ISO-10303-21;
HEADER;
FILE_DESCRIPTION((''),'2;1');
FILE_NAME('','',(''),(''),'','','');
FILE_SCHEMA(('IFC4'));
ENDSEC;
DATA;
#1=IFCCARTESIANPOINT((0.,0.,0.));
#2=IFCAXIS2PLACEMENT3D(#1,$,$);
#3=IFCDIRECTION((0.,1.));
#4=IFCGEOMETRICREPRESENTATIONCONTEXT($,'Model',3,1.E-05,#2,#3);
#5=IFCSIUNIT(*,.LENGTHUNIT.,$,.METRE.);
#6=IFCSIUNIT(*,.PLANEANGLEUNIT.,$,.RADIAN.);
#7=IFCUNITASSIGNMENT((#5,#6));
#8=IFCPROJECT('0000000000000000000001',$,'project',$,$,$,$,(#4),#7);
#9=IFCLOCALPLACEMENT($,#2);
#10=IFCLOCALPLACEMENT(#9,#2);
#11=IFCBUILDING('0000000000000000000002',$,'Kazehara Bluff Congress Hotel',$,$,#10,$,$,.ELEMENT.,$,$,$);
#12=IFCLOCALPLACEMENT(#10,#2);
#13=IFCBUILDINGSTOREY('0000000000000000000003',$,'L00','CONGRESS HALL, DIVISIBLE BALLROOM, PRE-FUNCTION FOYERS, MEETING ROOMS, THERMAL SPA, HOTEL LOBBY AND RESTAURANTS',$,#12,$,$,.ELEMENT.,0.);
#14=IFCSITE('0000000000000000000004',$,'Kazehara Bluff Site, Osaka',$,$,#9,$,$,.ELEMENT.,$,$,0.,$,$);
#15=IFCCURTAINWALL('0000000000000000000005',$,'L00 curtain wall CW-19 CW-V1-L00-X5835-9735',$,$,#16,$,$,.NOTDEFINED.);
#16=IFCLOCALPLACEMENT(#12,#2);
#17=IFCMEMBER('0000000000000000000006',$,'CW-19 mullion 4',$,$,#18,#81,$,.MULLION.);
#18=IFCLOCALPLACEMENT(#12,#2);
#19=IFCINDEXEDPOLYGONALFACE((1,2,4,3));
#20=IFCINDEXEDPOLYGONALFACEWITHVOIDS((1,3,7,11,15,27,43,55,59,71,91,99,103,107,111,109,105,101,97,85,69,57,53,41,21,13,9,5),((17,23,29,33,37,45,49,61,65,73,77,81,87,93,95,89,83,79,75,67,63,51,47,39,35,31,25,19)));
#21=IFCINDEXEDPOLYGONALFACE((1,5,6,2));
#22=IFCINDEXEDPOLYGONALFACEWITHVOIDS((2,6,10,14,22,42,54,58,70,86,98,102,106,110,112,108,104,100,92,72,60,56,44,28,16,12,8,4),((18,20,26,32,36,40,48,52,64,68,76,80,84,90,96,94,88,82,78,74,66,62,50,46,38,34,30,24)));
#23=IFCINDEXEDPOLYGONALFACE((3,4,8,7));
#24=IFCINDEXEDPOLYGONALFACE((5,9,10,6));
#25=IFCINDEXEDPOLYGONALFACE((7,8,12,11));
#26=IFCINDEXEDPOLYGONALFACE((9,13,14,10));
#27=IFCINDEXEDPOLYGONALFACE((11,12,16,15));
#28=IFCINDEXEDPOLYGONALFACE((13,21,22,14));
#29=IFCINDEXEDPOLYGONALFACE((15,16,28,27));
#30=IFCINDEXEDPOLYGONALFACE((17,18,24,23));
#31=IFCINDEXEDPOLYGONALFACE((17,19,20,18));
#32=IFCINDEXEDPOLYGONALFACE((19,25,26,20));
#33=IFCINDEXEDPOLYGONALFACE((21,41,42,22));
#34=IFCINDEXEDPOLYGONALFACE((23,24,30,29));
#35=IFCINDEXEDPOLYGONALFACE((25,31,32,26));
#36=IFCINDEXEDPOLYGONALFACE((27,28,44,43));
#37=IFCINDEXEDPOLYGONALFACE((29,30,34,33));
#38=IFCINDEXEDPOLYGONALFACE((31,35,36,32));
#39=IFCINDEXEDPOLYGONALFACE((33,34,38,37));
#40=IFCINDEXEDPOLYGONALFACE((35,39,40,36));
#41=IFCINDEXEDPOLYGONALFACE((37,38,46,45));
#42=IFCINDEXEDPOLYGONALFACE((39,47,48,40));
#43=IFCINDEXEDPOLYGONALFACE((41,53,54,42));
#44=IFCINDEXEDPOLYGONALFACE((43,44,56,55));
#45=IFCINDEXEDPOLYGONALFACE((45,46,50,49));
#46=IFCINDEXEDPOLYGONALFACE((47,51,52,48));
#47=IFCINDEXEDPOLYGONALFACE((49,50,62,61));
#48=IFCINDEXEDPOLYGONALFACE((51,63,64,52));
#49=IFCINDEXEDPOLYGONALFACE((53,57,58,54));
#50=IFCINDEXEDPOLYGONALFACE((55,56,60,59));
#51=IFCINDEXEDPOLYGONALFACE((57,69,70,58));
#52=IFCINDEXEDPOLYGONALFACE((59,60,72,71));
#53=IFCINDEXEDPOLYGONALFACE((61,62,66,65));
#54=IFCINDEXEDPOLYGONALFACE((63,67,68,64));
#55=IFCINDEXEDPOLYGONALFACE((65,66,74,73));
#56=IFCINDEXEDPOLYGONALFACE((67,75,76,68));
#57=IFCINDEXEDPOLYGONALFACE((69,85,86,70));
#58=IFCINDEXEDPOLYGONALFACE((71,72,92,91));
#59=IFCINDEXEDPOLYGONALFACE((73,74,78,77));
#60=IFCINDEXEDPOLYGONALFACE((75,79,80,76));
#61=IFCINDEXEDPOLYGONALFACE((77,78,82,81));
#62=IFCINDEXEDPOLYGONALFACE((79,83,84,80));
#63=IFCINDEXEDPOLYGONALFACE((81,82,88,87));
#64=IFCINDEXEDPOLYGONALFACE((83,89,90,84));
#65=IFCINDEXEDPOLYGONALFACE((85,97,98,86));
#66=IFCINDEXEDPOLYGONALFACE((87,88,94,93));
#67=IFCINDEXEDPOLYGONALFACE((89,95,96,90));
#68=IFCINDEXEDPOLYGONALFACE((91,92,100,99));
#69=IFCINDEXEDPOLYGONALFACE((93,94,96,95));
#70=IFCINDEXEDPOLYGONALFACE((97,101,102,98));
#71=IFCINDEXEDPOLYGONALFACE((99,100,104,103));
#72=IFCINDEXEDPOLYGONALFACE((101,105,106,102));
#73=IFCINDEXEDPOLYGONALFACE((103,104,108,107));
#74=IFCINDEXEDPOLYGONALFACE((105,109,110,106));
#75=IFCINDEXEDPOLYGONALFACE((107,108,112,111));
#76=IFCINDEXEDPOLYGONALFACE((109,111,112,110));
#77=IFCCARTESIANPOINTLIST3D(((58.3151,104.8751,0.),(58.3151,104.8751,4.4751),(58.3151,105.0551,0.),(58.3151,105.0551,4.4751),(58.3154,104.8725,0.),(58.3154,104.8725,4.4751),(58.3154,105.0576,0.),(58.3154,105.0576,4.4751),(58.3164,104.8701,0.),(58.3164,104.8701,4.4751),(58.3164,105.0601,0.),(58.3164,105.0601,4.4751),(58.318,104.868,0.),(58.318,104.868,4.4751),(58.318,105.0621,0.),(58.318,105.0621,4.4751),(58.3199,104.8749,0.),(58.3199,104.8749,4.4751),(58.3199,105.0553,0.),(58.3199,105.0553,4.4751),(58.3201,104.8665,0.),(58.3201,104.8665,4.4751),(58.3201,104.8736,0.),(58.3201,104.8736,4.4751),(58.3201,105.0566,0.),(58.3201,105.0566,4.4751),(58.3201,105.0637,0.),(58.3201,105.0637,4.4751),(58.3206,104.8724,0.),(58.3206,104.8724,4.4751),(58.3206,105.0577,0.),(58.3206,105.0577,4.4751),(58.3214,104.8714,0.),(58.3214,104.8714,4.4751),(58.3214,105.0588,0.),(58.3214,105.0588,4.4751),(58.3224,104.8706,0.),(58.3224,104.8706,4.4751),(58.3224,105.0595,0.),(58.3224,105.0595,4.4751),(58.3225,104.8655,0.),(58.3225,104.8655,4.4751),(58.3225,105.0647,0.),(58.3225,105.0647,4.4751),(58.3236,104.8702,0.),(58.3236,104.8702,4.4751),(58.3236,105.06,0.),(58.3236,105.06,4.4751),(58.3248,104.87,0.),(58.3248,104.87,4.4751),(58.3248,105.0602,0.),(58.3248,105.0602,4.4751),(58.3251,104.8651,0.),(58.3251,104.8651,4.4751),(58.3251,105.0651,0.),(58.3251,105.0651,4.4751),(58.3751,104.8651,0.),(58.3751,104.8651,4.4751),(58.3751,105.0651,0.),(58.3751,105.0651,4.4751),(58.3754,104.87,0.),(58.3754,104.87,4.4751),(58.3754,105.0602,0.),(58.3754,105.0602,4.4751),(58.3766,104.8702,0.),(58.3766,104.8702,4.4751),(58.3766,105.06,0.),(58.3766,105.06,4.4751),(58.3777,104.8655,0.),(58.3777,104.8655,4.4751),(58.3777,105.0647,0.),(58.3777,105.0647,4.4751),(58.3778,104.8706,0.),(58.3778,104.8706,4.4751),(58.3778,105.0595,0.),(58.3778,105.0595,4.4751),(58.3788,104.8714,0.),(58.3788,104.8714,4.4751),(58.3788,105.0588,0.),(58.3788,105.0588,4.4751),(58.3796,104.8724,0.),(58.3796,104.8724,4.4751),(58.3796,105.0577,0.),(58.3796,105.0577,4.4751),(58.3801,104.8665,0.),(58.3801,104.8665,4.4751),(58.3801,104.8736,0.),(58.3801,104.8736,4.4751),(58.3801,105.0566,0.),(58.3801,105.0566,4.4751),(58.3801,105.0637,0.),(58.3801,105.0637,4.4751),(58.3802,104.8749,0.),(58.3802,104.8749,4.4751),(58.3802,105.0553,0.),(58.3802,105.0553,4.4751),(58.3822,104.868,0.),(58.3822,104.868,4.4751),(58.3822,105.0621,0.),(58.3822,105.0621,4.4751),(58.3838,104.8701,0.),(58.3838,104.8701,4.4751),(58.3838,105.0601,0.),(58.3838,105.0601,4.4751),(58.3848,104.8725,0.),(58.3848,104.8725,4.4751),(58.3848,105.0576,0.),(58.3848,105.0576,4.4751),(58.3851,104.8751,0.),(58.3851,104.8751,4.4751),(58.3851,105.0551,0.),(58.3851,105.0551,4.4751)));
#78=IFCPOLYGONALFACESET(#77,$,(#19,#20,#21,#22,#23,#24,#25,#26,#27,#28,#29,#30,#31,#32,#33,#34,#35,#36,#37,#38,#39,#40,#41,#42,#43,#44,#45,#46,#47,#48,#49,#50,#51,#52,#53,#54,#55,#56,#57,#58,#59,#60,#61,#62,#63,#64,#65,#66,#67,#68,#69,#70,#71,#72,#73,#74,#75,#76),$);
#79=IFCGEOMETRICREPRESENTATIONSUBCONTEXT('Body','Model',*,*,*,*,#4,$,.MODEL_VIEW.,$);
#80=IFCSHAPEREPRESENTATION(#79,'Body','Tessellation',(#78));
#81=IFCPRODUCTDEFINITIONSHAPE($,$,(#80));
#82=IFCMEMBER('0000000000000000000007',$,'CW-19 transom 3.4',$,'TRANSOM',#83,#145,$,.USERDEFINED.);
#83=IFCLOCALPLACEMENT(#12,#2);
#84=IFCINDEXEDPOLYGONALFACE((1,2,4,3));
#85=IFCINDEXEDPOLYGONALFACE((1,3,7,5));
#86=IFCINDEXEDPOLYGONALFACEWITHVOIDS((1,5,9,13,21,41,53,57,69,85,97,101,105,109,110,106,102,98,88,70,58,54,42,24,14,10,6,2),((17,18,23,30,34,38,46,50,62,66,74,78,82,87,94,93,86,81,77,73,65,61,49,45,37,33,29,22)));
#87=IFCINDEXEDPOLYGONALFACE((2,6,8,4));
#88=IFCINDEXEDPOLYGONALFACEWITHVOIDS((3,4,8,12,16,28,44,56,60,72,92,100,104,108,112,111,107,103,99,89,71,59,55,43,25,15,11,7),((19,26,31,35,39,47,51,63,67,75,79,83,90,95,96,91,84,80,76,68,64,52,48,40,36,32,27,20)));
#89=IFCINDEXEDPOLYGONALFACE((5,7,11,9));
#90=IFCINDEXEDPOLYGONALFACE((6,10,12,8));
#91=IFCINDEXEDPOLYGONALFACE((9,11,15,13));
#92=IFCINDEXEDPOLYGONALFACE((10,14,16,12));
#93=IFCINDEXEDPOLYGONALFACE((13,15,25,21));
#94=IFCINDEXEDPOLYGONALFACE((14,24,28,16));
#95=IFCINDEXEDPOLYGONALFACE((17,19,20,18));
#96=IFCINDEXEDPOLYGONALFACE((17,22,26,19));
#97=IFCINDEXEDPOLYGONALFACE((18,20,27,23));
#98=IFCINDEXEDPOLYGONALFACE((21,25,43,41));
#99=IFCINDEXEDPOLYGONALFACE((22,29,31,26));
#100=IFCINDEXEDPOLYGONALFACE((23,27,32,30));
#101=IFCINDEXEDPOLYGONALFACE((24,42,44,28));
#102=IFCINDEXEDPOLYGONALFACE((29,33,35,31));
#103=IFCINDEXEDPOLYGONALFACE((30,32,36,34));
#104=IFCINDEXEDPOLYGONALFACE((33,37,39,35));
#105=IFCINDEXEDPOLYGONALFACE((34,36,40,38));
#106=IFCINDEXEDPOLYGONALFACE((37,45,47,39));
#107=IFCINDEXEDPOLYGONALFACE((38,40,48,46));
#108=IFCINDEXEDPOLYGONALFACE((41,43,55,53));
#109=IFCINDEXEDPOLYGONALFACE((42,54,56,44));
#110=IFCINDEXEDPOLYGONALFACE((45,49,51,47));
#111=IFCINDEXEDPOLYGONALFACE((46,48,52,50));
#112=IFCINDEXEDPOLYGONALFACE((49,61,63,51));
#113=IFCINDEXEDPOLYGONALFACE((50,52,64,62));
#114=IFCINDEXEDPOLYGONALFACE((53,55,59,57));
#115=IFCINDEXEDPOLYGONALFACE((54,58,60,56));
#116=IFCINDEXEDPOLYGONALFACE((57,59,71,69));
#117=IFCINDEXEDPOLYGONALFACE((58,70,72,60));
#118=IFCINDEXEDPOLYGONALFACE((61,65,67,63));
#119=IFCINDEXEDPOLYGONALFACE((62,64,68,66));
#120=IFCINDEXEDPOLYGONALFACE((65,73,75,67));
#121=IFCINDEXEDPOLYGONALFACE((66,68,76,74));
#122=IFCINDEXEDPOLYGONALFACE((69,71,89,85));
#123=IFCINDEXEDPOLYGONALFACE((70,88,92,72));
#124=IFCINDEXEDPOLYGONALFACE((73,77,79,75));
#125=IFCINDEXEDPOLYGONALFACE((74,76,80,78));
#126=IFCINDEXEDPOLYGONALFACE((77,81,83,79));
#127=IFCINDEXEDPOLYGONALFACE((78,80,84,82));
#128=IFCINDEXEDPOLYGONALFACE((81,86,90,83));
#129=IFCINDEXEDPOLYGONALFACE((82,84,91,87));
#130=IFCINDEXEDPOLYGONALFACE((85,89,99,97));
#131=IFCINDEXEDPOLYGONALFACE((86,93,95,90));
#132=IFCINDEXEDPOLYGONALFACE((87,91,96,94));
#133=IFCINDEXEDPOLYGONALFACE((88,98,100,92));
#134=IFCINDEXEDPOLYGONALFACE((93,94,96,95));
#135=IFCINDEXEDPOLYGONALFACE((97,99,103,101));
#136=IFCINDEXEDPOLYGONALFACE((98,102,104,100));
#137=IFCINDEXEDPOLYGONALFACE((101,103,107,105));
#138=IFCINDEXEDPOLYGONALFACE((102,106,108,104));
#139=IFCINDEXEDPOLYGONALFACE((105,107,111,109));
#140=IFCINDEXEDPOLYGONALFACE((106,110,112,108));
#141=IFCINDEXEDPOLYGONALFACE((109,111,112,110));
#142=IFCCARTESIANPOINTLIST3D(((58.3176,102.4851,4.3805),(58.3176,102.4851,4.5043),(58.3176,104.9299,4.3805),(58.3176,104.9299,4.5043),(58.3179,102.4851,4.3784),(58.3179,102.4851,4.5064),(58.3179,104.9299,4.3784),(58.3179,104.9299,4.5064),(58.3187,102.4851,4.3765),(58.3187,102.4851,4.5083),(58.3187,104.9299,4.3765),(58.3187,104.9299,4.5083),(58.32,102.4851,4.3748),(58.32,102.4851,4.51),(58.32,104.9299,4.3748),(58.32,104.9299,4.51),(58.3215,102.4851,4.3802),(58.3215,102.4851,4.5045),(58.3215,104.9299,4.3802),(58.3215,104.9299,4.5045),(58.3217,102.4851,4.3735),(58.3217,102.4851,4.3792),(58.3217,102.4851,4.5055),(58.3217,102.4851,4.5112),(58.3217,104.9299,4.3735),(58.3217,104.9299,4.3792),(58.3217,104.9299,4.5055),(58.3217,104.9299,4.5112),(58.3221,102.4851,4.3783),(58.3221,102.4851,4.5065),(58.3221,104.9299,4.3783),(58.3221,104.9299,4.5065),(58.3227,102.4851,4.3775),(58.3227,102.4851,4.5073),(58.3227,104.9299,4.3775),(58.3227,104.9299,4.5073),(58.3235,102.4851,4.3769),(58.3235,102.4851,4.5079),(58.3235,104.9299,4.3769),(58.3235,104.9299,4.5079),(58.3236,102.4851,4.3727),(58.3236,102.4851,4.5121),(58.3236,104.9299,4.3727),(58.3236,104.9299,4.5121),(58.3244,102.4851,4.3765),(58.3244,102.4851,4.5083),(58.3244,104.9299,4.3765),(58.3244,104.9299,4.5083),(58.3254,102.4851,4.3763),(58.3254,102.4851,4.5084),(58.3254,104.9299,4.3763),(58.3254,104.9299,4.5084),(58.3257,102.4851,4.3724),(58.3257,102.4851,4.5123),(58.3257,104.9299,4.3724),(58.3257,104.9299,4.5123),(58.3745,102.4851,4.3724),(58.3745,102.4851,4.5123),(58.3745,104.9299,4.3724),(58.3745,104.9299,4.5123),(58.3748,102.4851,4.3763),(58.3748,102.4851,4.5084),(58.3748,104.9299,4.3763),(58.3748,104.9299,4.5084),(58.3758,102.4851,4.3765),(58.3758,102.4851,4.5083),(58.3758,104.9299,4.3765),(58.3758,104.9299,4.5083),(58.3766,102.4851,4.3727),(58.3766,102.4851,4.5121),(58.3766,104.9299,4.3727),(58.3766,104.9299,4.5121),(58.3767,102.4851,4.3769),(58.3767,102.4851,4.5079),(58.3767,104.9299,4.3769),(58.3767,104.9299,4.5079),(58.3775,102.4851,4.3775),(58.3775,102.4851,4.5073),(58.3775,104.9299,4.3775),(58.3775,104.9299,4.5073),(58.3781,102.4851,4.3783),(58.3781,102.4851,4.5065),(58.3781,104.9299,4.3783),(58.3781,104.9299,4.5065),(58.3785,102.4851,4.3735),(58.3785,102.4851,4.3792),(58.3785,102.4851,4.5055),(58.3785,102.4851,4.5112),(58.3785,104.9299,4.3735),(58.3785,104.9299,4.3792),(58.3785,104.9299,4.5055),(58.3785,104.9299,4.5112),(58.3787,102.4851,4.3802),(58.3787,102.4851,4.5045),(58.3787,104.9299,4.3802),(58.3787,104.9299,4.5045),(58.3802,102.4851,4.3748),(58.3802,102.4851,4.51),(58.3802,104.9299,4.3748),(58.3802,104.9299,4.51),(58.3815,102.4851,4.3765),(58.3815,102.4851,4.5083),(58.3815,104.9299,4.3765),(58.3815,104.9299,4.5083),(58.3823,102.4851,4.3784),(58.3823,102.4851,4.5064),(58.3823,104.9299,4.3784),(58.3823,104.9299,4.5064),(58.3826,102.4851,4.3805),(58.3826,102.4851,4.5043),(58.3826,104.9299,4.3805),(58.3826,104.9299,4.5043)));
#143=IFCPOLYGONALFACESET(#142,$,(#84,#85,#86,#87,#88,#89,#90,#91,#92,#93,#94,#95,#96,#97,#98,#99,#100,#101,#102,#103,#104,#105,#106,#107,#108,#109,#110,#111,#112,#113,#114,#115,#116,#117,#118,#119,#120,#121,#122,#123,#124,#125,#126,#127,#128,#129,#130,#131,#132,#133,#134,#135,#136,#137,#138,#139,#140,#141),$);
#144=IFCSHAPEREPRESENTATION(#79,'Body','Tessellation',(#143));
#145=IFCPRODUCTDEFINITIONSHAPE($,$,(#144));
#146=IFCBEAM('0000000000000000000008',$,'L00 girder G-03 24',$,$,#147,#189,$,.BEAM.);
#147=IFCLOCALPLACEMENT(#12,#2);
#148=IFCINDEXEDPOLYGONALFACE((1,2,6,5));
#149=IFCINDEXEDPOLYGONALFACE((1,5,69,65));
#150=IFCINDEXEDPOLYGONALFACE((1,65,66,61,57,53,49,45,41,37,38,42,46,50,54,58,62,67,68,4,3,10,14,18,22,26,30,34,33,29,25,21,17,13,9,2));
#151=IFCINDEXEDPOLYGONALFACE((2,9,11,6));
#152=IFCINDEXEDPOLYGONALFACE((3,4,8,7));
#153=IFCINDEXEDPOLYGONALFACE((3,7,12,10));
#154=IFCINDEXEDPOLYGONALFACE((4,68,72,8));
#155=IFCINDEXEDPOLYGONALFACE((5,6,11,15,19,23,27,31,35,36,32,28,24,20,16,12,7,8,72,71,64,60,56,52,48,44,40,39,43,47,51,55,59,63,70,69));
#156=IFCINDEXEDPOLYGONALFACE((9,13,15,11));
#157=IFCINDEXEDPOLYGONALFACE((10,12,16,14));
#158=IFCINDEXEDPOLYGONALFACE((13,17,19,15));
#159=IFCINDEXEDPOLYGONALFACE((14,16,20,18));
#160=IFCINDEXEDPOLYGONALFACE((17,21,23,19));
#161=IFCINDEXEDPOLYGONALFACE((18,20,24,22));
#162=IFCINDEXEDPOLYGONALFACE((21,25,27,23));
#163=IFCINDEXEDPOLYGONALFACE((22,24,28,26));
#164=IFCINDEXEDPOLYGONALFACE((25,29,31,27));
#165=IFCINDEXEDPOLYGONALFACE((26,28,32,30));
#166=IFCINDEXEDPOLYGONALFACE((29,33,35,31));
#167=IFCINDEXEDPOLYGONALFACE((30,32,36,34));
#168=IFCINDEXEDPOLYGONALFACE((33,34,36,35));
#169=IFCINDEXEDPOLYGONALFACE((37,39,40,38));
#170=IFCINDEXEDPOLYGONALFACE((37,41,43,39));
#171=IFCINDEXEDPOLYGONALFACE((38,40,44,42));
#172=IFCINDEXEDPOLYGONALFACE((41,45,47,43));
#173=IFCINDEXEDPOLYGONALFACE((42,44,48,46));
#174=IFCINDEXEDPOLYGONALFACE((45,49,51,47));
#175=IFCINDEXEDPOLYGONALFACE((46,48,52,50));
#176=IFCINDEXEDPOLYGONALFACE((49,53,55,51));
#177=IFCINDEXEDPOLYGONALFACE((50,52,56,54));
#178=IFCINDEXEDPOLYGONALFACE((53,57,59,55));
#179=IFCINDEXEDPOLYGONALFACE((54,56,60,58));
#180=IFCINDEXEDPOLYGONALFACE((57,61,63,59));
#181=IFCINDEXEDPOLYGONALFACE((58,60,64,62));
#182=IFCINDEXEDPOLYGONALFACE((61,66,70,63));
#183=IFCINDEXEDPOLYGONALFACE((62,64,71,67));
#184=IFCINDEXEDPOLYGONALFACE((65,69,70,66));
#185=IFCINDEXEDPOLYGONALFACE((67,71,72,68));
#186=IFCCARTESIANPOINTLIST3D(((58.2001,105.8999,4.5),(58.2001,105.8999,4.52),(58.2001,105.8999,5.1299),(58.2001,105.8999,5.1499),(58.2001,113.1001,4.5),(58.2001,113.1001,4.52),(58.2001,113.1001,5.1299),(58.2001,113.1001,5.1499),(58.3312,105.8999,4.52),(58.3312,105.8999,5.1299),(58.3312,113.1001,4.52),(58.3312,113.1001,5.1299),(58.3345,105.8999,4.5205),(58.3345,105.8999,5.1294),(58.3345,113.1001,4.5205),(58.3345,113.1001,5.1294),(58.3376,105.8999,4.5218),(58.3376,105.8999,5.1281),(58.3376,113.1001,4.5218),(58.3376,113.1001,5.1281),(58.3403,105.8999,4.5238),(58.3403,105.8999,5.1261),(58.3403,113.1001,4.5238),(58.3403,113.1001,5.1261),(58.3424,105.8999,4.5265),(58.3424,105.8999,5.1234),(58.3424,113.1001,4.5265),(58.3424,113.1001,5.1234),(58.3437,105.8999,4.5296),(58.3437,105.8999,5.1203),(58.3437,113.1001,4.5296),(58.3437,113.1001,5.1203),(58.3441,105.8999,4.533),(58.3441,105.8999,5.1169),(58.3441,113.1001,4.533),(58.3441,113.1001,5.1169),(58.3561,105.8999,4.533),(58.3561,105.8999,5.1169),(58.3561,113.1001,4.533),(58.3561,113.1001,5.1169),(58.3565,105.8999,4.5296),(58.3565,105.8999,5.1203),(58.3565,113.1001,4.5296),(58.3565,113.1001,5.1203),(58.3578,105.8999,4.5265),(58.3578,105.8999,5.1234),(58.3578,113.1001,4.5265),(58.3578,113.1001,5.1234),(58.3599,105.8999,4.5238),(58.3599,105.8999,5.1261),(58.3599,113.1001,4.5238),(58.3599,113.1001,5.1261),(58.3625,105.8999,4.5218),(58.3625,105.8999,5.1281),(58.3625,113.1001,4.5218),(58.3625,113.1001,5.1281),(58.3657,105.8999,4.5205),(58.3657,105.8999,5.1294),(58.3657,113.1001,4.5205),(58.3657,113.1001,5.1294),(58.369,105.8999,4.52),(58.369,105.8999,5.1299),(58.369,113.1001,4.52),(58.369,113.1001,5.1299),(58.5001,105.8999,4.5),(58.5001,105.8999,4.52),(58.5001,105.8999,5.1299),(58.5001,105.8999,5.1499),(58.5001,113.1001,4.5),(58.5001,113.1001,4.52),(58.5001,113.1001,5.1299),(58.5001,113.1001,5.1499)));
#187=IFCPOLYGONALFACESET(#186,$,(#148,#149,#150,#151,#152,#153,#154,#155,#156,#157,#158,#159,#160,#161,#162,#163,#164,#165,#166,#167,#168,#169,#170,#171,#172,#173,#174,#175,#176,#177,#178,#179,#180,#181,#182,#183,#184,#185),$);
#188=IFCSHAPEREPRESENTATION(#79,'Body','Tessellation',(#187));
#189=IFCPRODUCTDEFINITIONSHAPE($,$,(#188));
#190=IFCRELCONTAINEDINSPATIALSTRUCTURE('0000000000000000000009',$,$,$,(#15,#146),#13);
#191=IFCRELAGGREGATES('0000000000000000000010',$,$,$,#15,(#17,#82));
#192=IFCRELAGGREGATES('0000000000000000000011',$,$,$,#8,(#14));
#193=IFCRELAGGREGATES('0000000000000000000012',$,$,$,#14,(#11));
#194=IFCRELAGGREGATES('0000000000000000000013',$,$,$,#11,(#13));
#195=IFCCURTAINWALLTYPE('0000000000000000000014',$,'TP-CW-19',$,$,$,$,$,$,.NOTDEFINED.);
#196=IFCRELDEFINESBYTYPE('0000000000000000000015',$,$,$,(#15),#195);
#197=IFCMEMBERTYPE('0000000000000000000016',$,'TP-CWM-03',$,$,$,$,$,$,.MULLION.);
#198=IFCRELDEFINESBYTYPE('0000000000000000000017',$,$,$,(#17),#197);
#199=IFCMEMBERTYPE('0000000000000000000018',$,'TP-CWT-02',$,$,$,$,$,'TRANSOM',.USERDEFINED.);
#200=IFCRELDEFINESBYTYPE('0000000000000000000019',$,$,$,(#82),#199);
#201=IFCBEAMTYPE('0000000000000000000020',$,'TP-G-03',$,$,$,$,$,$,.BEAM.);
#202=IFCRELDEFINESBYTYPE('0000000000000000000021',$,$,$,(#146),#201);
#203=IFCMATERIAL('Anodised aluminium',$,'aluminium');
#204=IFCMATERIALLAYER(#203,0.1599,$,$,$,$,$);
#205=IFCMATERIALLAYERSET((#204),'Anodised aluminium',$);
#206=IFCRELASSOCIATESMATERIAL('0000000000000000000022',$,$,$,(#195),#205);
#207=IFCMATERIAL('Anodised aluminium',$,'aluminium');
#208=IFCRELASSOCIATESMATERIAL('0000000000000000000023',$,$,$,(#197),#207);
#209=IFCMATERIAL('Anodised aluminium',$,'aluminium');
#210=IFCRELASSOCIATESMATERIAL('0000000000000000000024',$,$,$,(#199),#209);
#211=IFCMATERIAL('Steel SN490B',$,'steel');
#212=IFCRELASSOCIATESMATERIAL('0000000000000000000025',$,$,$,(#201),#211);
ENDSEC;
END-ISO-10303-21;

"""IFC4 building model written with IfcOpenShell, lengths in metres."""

from ifc_helpers import new_model, si_unit, direction, frame, origin, origin_2d, place, context, subcontext, project, spatial, hollow_rectangle, i_section, extrude, material, layer, layer_set, material_profile, profile_set, type_object, element, aggregate, save


model = new_model("IFC4")

# Units and contexts
model_context = context("Model", 3, precision=1e-05, world=origin(), true_north=direction((0.0, 1.0)))
body_context = subcontext(model_context, "Body", "Model", "MODEL_VIEW")
ifc_project = project(units=[si_unit("LENGTHUNIT", "METRE"), si_unit("PLANEANGLEUNIT", "RADIAN")], contexts=[model_context])

# Site, building, storey
site_placement = place(None, origin())
site = spatial("IfcSite", under=ifc_project, at=site_placement, Name="Kazehara Bluff Site, Osaka", CompositionType="ELEMENT", RefElevation=0.0)
building_placement = place(site_placement, origin())
building = spatial("IfcBuilding", under=site, at=building_placement, Name="Kazehara Bluff Congress Hotel", CompositionType="ELEMENT")
storey_placement = place(building_placement, origin())
storey = spatial("IfcBuildingStorey", under=building, at=storey_placement, Name="L00", Description="CONGRESS HALL, DIVISIBLE BALLROOM, PRE-FUNCTION FOYERS, MEETING ROOMS, THERMAL SPA, HOTEL LOBBY AND RESTAURANTS", CompositionType="ELEMENT", Elevation=0.0)

# Curtain wall, members
ifc_material_1 = material(Name="Anodised aluminium", Category="aluminium")
ifc_layer_1 = layer(ifc_material_1, 0.1599)
ifc_layer_set_1 = layer_set([ifc_layer_1], Name="Anodised aluminium")
curtain_wall_type = type_object("IfcCurtainWallType", Name="TP-CW-19", PredefinedType="NOTDEFINED", material=ifc_layer_set_1)
curtain_wall_placement = place(storey_placement, origin())
curtain_wall = element("IfcCurtainWall", 1, at=curtain_wall_placement, inside=storey, type_object=curtain_wall_type, Name="L00 curtain wall CW-19 CW-V1-L00-X5835-9735", PredefinedType="NOTDEFINED")
ifc_material_2 = material(Name="Anodised aluminium", Category="aluminium")
ifc_material_profile_1 = material_profile(ifc_material_2, hollow_rectangle(XDim=0.0701, YDim=0.2, WallThickness=0.0049, InnerFilletRadius=0.0049, OuterFilletRadius=0.01, at=origin_2d()))
ifc_profile_set_1 = profile_set([ifc_material_profile_1], Name="Anodised aluminium")
member_type_1 = type_object("IfcMemberType", Name="TP-CWM-03", PredefinedType="MULLION", material=ifc_profile_set_1)
member_1_placement = place(storey_placement, frame((58.3501, 104.9651, 0.0), z_axis=(0.0, 0.0, 1.0), x_axis=(-1.0, 0.0, 0.0)))
member_1 = element("IfcMember", 2, at=member_1_placement, type_object=member_type_1, Name="CW-19 mullion 4", PredefinedType="MULLION", context=body_context, shape_type="SweptSolid", body=[
    extrude(hollow_rectangle(XDim=0.0701, YDim=0.2, WallThickness=0.0049, InnerFilletRadius=0.0049, OuterFilletRadius=0.01, at=origin_2d()), origin(), (0.0, 0.0, 1.0), 4.4751),
])
ifc_material_3 = material(Name="Anodised aluminium", Category="aluminium")
ifc_material_profile_2 = material_profile(ifc_material_3, hollow_rectangle(XDim=0.0649, YDim=0.1399, WallThickness=0.0039, InnerFilletRadius=0.0039, OuterFilletRadius=0.0081, at=origin_2d()))
ifc_profile_set_2 = profile_set([ifc_material_profile_2], Name="Anodised aluminium")
member_type_2 = type_object("IfcMemberType", Name="TP-CWT-02", ElementType="TRANSOM", PredefinedType="USERDEFINED", material=ifc_profile_set_2)
member_2_placement = place(storey_placement, frame((58.3501, 102.4851, 4.4424), z_axis=(0.0, 1.0, 0.0), x_axis=(-1.0, 0.0, 0.0)))
member_2 = element("IfcMember", 3, at=member_2_placement, type_object=member_type_2, Name="CW-19 transom 3.4", ObjectType="TRANSOM", PredefinedType="USERDEFINED", context=body_context, shape_type="SweptSolid", body=[
    extrude(hollow_rectangle(XDim=0.0649, YDim=0.1399, WallThickness=0.0039, InnerFilletRadius=0.0039, OuterFilletRadius=0.0081, at=origin_2d()), origin(), (0.0, 0.0, 1.0), 2.4448),
])

# Beam
ifc_material_4 = material(Name="Steel SN490B", Category="steel")
ifc_material_profile_3 = material_profile(ifc_material_4, i_section(OverallWidth=0.3, OverallDepth=0.6499, WebThickness=0.012, FlangeThickness=0.02, FilletRadius=0.0129, at=origin_2d()))
ifc_profile_set_3 = profile_set([ifc_material_profile_3], Name="Steel SN490B")
beam_type_1 = type_object("IfcBeamType", Name="TP-G-03", PredefinedType="BEAM", material=ifc_profile_set_3)
beam_1_placement = place(storey_placement, frame((58.3501, 105.8999, 4.825), z_axis=(0.0, 1.0, 0.0), x_axis=(-1.0, 0.0, 0.0)))
element("IfcBeam", 4, at=beam_1_placement, inside=storey, type_object=beam_type_1, Name="L00 girder G-03 24", PredefinedType="BEAM", context=body_context, shape_type="SweptSolid", body=[
    extrude(i_section(OverallWidth=0.3, OverallDepth=0.6499, WebThickness=0.012, FlangeThickness=0.02, FilletRadius=0.0129, at=origin_2d()), origin(), (0.0, 0.0, 1.0), 7.2002),
])

aggregate(curtain_wall, [member_1, member_2])

save(model, "model.ifc")
